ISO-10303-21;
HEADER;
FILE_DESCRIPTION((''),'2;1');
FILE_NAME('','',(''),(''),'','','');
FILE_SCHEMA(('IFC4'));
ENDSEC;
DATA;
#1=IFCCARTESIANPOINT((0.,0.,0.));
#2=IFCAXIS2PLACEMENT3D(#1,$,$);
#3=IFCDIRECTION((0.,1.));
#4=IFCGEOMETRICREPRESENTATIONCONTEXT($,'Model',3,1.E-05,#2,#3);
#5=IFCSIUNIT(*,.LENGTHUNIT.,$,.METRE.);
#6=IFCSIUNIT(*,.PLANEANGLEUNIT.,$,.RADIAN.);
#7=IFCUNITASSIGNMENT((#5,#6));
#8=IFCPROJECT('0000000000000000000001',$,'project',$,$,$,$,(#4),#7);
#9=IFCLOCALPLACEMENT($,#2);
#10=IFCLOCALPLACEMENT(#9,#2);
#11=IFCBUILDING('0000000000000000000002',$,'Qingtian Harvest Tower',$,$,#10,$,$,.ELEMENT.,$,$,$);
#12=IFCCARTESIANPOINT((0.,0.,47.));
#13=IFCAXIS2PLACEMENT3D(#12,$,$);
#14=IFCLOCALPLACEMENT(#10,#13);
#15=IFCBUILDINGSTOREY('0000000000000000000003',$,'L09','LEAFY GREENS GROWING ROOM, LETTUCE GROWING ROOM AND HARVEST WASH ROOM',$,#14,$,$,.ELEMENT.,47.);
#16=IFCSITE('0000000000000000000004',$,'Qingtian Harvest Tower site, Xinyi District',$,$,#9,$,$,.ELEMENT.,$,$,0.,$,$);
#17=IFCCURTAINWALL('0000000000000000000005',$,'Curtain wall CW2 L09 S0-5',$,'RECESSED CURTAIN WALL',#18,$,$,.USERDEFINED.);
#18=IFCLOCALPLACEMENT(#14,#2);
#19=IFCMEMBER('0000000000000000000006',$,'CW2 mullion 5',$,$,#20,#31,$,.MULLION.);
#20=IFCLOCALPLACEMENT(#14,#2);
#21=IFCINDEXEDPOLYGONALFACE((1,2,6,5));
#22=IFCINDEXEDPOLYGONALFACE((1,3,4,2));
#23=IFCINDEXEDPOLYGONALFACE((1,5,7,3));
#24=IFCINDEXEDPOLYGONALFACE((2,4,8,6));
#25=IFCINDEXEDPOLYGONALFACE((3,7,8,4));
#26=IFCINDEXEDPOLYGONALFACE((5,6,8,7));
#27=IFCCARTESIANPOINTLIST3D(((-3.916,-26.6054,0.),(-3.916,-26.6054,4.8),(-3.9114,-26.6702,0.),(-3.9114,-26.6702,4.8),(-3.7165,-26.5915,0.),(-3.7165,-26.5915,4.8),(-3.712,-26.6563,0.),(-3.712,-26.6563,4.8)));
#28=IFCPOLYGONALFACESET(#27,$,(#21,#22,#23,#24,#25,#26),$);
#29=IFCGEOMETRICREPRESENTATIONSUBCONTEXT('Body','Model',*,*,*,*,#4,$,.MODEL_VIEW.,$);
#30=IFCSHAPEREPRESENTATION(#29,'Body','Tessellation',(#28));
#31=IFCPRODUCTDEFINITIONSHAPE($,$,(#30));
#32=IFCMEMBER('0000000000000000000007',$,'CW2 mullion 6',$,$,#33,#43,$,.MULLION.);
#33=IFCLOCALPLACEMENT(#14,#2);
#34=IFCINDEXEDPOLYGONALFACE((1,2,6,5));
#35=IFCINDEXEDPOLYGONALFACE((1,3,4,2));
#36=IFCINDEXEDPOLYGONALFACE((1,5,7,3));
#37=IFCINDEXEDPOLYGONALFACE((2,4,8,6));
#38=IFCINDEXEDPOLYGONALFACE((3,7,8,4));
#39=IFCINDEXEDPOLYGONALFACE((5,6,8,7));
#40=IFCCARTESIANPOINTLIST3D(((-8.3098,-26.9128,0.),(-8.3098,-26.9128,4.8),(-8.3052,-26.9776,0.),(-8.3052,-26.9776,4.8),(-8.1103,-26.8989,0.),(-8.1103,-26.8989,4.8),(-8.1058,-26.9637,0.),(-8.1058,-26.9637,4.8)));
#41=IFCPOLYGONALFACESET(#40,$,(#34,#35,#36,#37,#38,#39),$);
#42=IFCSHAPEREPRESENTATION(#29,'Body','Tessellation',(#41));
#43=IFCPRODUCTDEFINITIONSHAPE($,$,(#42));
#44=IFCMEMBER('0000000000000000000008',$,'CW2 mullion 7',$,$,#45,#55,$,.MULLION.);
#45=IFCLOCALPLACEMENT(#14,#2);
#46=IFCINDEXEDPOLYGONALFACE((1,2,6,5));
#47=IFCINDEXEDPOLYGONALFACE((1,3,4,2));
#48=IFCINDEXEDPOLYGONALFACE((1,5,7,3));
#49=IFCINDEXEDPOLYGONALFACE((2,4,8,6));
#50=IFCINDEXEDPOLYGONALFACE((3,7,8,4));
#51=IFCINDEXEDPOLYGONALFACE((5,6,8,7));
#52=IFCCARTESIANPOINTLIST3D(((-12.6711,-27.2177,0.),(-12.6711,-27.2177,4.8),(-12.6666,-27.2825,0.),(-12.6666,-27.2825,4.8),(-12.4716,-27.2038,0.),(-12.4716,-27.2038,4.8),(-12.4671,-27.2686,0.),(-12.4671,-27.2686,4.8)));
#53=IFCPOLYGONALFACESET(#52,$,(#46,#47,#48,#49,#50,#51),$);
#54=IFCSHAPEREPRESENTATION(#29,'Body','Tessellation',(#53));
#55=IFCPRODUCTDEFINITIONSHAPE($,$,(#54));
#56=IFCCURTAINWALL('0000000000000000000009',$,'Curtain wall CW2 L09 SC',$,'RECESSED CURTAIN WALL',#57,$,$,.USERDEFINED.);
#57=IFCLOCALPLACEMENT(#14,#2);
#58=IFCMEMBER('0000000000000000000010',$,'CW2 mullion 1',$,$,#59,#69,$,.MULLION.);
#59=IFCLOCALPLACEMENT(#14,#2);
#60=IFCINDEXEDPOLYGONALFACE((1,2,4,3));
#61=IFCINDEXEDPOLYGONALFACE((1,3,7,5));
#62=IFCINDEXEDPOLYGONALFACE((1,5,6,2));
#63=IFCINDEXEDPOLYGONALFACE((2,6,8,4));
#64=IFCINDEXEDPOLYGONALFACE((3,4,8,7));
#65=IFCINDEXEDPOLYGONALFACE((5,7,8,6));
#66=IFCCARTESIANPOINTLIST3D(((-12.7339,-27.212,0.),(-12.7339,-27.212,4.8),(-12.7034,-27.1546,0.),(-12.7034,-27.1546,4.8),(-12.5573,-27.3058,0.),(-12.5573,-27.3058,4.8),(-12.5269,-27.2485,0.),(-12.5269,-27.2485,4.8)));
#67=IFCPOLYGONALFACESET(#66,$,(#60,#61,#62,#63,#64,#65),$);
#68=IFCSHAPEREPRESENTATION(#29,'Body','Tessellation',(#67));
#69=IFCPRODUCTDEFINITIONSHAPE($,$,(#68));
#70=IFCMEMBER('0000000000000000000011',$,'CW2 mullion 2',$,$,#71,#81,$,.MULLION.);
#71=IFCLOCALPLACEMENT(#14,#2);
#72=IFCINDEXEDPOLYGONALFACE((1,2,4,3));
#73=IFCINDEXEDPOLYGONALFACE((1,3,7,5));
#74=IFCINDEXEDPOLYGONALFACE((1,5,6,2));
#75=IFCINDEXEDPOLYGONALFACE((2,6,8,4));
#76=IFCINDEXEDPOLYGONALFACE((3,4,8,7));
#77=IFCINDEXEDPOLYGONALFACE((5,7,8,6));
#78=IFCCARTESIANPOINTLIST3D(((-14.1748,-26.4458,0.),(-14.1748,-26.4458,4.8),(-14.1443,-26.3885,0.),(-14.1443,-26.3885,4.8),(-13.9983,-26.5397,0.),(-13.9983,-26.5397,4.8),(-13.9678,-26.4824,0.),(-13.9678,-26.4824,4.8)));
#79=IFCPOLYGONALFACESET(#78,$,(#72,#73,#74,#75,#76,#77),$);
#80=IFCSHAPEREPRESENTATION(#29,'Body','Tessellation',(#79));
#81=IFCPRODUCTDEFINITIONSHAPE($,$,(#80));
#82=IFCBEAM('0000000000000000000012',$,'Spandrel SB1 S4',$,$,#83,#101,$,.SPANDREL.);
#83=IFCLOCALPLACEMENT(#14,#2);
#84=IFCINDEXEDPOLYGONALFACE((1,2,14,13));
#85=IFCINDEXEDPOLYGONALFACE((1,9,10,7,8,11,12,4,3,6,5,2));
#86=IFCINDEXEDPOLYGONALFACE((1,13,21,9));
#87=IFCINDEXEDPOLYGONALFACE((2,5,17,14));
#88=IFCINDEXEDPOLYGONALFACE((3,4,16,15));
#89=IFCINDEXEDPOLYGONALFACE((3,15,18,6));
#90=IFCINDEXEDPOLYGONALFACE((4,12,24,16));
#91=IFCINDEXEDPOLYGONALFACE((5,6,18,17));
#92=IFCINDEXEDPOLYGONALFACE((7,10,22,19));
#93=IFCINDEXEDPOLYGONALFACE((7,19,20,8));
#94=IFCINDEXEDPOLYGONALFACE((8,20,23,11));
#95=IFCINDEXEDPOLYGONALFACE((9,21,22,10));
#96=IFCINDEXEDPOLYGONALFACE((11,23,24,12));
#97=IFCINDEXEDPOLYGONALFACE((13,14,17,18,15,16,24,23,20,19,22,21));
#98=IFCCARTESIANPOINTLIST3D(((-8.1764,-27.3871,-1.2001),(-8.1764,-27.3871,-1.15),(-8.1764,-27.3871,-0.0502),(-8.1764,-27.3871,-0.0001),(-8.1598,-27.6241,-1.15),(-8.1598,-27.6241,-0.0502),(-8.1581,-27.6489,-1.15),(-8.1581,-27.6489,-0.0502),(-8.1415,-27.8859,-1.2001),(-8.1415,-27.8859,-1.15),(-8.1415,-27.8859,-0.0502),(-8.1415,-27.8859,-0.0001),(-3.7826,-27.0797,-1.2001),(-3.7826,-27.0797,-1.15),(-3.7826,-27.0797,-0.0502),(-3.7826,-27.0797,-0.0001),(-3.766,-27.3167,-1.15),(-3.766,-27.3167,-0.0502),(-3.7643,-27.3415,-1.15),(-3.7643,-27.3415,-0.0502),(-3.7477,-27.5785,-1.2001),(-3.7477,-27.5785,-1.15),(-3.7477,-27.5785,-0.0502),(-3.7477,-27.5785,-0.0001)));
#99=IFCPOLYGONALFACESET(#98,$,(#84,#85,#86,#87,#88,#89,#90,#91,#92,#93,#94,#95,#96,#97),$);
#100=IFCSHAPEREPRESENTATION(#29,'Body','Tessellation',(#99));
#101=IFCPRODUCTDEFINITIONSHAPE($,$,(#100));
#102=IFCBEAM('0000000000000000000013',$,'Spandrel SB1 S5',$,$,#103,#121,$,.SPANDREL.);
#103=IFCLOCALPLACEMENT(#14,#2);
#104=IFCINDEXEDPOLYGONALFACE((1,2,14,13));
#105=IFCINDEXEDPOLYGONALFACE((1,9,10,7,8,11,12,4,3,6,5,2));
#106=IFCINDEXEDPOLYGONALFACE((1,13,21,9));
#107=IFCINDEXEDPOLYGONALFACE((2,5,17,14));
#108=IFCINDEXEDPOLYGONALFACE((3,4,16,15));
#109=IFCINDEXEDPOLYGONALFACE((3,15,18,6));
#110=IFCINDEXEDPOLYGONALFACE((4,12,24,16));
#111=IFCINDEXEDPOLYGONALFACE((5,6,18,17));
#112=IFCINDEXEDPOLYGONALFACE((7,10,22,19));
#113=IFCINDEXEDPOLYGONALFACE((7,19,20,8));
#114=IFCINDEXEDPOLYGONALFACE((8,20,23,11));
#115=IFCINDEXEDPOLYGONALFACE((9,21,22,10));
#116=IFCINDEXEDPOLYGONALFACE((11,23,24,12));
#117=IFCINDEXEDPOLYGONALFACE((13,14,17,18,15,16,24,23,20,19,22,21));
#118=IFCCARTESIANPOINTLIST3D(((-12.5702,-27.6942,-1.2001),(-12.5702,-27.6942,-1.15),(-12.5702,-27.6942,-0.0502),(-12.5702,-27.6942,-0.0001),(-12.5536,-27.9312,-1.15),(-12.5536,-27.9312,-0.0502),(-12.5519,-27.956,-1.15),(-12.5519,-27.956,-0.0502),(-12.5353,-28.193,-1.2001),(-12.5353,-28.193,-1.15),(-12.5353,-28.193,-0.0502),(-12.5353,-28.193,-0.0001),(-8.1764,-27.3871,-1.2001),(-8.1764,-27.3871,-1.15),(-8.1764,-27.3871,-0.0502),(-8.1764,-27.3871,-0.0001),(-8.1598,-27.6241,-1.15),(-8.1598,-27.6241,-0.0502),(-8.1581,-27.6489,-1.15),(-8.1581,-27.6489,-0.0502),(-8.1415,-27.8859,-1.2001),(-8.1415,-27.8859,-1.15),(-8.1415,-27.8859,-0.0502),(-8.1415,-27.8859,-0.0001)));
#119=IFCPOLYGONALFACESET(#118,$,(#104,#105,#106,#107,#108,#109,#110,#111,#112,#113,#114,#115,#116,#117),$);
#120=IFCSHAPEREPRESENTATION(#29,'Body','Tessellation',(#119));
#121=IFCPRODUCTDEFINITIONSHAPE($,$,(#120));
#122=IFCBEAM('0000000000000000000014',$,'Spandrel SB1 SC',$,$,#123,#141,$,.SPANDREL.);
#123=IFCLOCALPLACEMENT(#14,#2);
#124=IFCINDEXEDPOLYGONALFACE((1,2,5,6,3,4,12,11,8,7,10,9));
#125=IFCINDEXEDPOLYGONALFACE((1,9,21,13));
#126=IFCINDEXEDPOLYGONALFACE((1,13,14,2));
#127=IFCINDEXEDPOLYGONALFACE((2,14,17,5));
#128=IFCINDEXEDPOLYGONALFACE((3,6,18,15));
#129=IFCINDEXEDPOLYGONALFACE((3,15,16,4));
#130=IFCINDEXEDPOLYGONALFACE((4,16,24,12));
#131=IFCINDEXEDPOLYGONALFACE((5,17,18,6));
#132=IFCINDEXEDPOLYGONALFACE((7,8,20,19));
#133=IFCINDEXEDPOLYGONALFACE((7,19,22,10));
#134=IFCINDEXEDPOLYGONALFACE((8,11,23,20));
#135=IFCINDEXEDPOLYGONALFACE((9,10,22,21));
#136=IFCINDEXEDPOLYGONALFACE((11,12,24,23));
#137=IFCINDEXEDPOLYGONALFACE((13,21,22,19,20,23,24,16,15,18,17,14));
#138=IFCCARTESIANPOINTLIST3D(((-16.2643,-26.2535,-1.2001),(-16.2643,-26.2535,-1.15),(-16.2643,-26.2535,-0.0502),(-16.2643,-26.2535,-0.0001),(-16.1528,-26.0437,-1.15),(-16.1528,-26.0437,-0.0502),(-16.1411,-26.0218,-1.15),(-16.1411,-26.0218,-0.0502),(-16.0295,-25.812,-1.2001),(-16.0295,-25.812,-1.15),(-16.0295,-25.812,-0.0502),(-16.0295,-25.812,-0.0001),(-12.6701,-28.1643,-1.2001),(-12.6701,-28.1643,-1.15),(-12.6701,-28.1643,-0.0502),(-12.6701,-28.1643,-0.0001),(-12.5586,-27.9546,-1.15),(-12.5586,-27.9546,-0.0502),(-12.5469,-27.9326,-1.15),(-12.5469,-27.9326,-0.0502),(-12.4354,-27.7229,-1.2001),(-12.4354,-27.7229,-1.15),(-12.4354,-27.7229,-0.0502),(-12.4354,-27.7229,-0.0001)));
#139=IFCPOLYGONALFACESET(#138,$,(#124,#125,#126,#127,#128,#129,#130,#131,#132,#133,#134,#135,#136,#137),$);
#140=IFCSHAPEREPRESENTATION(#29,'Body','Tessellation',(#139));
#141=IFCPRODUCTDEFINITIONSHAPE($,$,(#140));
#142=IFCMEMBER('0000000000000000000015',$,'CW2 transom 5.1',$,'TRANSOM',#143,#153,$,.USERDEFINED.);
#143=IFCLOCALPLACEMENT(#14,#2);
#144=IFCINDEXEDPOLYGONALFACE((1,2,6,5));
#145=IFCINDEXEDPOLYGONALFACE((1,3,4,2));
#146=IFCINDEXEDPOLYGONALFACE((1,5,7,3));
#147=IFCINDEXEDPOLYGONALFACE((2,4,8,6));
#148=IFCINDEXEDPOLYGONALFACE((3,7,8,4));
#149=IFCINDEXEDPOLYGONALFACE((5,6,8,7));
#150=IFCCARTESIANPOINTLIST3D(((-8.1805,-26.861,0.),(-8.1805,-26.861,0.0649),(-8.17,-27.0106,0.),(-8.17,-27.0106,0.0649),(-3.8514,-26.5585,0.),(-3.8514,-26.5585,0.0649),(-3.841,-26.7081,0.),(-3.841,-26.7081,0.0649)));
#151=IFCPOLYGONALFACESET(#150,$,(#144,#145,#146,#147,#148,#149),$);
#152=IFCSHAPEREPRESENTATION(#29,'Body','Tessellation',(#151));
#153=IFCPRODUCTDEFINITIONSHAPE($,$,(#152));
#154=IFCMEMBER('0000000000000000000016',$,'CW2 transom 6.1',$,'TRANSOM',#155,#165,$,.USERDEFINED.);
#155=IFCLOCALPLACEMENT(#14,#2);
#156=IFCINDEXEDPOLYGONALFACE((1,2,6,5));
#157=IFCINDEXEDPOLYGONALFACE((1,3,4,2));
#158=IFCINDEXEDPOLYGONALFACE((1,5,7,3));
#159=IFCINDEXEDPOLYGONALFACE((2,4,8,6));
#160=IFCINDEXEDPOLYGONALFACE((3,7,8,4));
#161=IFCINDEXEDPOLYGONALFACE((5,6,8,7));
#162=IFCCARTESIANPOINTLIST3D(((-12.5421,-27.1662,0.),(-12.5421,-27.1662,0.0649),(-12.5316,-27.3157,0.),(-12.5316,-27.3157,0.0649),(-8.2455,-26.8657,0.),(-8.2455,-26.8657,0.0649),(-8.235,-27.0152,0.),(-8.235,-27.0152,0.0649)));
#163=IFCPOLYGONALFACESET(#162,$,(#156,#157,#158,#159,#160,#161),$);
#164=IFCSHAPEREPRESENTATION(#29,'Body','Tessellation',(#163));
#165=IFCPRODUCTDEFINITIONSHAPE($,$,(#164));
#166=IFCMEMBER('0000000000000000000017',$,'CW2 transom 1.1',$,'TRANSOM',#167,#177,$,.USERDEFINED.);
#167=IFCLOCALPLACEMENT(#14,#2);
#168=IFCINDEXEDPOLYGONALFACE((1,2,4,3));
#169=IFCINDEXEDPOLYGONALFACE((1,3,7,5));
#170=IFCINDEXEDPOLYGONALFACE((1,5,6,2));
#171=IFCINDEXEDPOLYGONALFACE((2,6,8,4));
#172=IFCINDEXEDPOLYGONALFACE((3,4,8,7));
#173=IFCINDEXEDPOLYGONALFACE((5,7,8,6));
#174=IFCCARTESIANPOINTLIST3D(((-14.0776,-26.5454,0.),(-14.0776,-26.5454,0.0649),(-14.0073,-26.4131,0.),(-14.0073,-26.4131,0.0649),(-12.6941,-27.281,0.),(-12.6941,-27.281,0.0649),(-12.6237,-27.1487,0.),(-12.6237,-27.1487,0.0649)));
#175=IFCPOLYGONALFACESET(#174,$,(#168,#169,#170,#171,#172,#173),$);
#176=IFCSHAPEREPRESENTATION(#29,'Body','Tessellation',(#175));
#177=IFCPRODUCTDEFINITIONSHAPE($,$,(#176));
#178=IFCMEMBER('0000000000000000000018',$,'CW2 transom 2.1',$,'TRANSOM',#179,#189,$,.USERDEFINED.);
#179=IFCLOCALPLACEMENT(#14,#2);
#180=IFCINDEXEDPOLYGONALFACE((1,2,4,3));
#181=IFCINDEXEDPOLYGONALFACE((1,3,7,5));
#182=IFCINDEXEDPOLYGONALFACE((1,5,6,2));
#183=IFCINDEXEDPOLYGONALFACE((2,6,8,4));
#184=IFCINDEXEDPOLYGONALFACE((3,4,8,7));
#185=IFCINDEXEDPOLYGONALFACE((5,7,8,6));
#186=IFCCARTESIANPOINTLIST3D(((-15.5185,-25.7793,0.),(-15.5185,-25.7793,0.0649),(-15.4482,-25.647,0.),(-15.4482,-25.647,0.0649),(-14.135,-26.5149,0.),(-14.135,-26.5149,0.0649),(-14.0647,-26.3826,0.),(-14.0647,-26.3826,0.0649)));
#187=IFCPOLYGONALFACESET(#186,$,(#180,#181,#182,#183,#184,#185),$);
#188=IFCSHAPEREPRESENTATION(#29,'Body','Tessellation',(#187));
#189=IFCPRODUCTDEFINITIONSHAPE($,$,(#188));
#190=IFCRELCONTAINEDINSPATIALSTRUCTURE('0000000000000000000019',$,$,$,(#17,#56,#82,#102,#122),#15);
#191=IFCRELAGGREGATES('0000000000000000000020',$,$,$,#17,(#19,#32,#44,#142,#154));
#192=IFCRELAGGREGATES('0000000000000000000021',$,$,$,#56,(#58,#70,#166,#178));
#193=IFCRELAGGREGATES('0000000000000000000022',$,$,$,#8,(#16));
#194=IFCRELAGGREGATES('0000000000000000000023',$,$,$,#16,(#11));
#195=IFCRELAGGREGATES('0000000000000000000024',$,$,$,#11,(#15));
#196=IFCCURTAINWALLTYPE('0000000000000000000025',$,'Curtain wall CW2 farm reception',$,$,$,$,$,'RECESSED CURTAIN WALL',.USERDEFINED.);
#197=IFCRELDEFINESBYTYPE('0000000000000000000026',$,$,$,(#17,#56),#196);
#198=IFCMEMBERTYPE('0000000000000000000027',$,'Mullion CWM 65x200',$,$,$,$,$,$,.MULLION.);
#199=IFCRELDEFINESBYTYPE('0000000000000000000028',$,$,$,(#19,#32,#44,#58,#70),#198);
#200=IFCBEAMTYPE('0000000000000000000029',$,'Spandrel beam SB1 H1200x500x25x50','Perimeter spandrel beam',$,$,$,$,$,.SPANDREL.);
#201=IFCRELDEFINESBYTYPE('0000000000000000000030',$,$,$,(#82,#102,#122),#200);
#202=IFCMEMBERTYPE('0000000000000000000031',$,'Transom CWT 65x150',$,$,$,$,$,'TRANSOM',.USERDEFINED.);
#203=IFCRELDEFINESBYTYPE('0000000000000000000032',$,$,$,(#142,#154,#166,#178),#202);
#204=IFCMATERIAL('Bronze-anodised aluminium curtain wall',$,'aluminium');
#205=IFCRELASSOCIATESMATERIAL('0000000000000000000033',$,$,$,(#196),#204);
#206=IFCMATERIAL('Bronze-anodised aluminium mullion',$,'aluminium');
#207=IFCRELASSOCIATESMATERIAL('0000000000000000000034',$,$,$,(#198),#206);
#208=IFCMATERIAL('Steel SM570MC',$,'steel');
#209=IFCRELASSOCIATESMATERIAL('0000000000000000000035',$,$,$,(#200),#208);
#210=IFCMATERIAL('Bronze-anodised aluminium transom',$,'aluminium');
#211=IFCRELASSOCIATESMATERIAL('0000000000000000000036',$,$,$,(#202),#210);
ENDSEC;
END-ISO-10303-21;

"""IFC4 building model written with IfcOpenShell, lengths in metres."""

from ifc_helpers import new_model, si_unit, direction, frame, origin, origin_2d, place, context, subcontext, project, spatial, rectangle, i_section, extrude, material, material_profile, profile_set, type_object, element, aggregate, save


model = new_model("IFC4")

# Units and contexts
model_context = context("Model", 3, precision=1e-05, world=origin(), true_north=direction((0.0, 1.0)))
body_context = subcontext(model_context, "Body", "Model", "MODEL_VIEW")
ifc_project = project(units=[si_unit("LENGTHUNIT", "METRE"), si_unit("PLANEANGLEUNIT", "RADIAN")], contexts=[model_context])

# Site, building, storey
site_placement = place(None, origin())
site = spatial("IfcSite", under=ifc_project, at=site_placement, Name="Qingtian Harvest Tower site, Xinyi District", CompositionType="ELEMENT", RefElevation=0.0)
building_placement = place(site_placement, origin())
building = spatial("IfcBuilding", under=site, at=building_placement, Name="Qingtian Harvest Tower", CompositionType="ELEMENT")
storey_placement = place(building_placement, frame((0.0, 0.0, 47.0)))
storey = spatial("IfcBuildingStorey", under=building, at=storey_placement, Name="L09", Description="LEAFY GREENS GROWING ROOM, LETTUCE GROWING ROOM AND HARVEST WASH ROOM", CompositionType="ELEMENT", Elevation=47.0)

# Curtain walls, members
ifc_material_1 = material(Name="Bronze-anodised aluminium curtain wall", Category="aluminium")
curtain_wall_type = type_object("IfcCurtainWallType", Name="Curtain wall CW2 farm reception", ElementType="RECESSED CURTAIN WALL", PredefinedType="USERDEFINED", material=ifc_material_1)
curtain_wall_1_placement = place(storey_placement, origin())
curtain_wall_1 = element("IfcCurtainWall", 1, at=curtain_wall_1_placement, inside=storey, type_object=curtain_wall_type, Name="Curtain wall CW2 L09 S0-5", ObjectType="RECESSED CURTAIN WALL", PredefinedType="USERDEFINED")
ifc_material_2 = material(Name="Bronze-anodised aluminium mullion", Category="aluminium")
ifc_material_profile_1 = material_profile(ifc_material_2, rectangle(XDim=0.0649, YDim=0.2, at=origin_2d()), Name="AL 65x200")
ifc_profile_set_1 = profile_set([ifc_material_profile_1], Name="Bronze-anodised aluminium mullion")
member_type_1 = type_object("IfcMemberType", Name="Mullion CWM 65x200", PredefinedType="MULLION", material=ifc_profile_set_1)
member_1_placement = place(storey_placement, frame((-3.814, -26.6309, 0.0), z_axis=(0.0, 0.0, 1.0), x_axis=(0.069756, -0.997564, 0.0)))
member_1 = element("IfcMember", 2, at=member_1_placement, type_object=member_type_1, Name="CW2 mullion 5", PredefinedType="MULLION", context=body_context, shape_type="SweptSolid", body=[
    extrude(rectangle(XDim=0.0649, YDim=0.2, at=origin_2d()), origin(), (0.0, 0.0, 1.0), 4.8),
])
member_2_placement = place(storey_placement, frame((-8.2078, -26.9382, 0.0), z_axis=(0.0, 0.0, 1.0), x_axis=(0.069756, -0.997564, 0.0)))
member_2 = element("IfcMember", 3, at=member_2_placement, type_object=member_type_1, Name="CW2 mullion 6", PredefinedType="MULLION", context=body_context, shape_type="SweptSolid", body=[
    extrude(rectangle(XDim=0.0649, YDim=0.2, at=origin_2d()), origin(), (0.0, 0.0, 1.0), 4.8),
])
member_3_placement = place(storey_placement, frame((-12.5691, -27.2432, 0.0), z_axis=(0.0, 0.0, 1.0), x_axis=(0.069756, -0.997564, 0.0)))
member_3 = element("IfcMember", 4, at=member_3_placement, type_object=member_type_1, Name="CW2 mullion 7", PredefinedType="MULLION", context=body_context, shape_type="SweptSolid", body=[
    extrude(rectangle(XDim=0.0649, YDim=0.2, at=origin_2d()), origin(), (0.0, 0.0, 1.0), 4.8),
])
curtain_wall_2_placement = place(storey_placement, origin())
curtain_wall_2 = element("IfcCurtainWall", 5, at=curtain_wall_2_placement, inside=storey, type_object=curtain_wall_type, Name="Curtain wall CW2 L09 SC", ObjectType="RECESSED CURTAIN WALL", PredefinedType="USERDEFINED")
member_4_placement = place(storey_placement, frame((-12.6304, -27.2302, 0.0), z_axis=(0.0, 0.0, 1.0), x_axis=(-0.469472, -0.882948, 0.0)))
member_4 = element("IfcMember", 6, at=member_4_placement, type_object=member_type_1, Name="CW2 mullion 1", PredefinedType="MULLION", context=body_context, shape_type="SweptSolid", body=[
    extrude(rectangle(XDim=0.0649, YDim=0.2, at=origin_2d()), origin(), (0.0, 0.0, 1.0), 4.8),
])
member_5_placement = place(storey_placement, frame((-14.0713, -26.4641, 0.0), z_axis=(0.0, 0.0, 1.0), x_axis=(-0.469472, -0.882948, 0.0)))
member_5 = element("IfcMember", 7, at=member_5_placement, type_object=member_type_1, Name="CW2 mullion 2", PredefinedType="MULLION", context=body_context, shape_type="SweptSolid", body=[
    extrude(rectangle(XDim=0.0649, YDim=0.2, at=origin_2d()), origin(), (0.0, 0.0, 1.0), 4.8),
])

# Beams
ifc_material_3 = material(Name="Steel SM570MC", Category="steel")
ifc_material_profile_2 = material_profile(ifc_material_3, i_section(OverallWidth=0.5, OverallDepth=1.2, WebThickness=0.0249, FlangeThickness=0.05, at=origin_2d()), Name="H1200x500x25x50")
ifc_profile_set_2 = profile_set([ifc_material_profile_2], Name="Steel SM570MC")
beam_type_1 = type_object("IfcBeamType", Name="Spandrel beam SB1 H1200x500x25x50", Description="Perimeter spandrel beam", PredefinedType="SPANDREL", material=ifc_profile_set_2)
for number, where, z_axis, x_axis, name in (
    (8, (-3.7651, -27.3291, -0.6001), (-0.997562, -0.069786, 0.0), (0.069786, -0.997562, 0.0), "Spandrel SB1 S4"),
    (9, (-8.1589, -27.6365, -0.6001), (-0.997566, -0.06973, 0.0), (0.06973, -0.997566, 0.0), "Spandrel SB1 S5"),
):
    element("IfcBeam", number, at=place(storey_placement, frame(where, z_axis=z_axis, x_axis=x_axis)), inside=storey, type_object=beam_type_1, Name=name, PredefinedType="SPANDREL", context=body_context, shape_type="SweptSolid", body=[
        extrude(i_section(OverallWidth=0.5, OverallDepth=1.2, WebThickness=0.0249, FlangeThickness=0.05, at=origin_2d()), origin(), (0.0, 0.0, 1.0), 4.4045),
    ])
beam_1_placement = place(storey_placement, frame((-12.5527, -27.9436, -0.6001), z_axis=(-0.882968, 0.469433, 0.0), x_axis=(-0.469433, -0.882968, 0.0)))
element("IfcBeam", 10, at=beam_1_placement, inside=storey, type_object=beam_type_1, Name="Spandrel SB1 SC", PredefinedType="SPANDREL", context=body_context, shape_type="SweptSolid", body=[
    extrude(i_section(OverallWidth=0.5, OverallDepth=1.2, WebThickness=0.0249, FlangeThickness=0.05, at=origin_2d()), origin(), (0.0, 0.0, 1.0), 4.0706),
])

# Members
ifc_material_4 = material(Name="Bronze-anodised aluminium transom", Category="aluminium")
ifc_material_profile_3 = material_profile(ifc_material_4, rectangle(XDim=0.1499, YDim=0.0649, at=origin_2d()), Name="AL 65x150")
ifc_profile_set_3 = profile_set([ifc_material_profile_3], Name="Bronze-anodised aluminium transom")
member_type_2 = type_object("IfcMemberType", Name="Transom CWT 65x150", ElementType="TRANSOM", PredefinedType="USERDEFINED", material=ifc_profile_set_3)
member_6_placement = place(storey_placement, frame((-3.8462, -26.6333, 0.0325), z_axis=(-0.997568, -0.069704, 0.0), x_axis=(0.069704, -0.997568, 0.0)))
member_6 = element("IfcMember", 11, at=member_6_placement, type_object=member_type_2, Name="CW2 transom 5.1", ObjectType="TRANSOM", PredefinedType="USERDEFINED", context=body_context, shape_type="SweptSolid", body=[
    extrude(rectangle(XDim=0.1499, YDim=0.0649, at=origin_2d()), origin(), (0.0, 0.0, 1.0), 4.3396),
])
member_7_placement = place(storey_placement, frame((-8.2402, -26.9404, 0.0325), z_axis=(-0.997563, -0.069777, 0.0), x_axis=(0.069777, -0.997563, 0.0)))
member_7 = element("IfcMember", 12, at=member_7_placement, type_object=member_type_2, Name="CW2 transom 6.1", ObjectType="TRANSOM", PredefinedType="USERDEFINED", context=body_context, shape_type="SweptSolid", body=[
    extrude(rectangle(XDim=0.1499, YDim=0.0649, at=origin_2d()), origin(), (0.0, 0.0, 1.0), 4.3071),
])
member_8_placement = place(storey_placement, frame((-12.6589, -27.2148, 0.0325), z_axis=(-0.88296, 0.469448, 0.0), x_axis=(-0.469448, -0.88296, 0.0)))
member_8 = element("IfcMember", 13, at=member_8_placement, type_object=member_type_2, Name="CW2 transom 1.1", ObjectType="TRANSOM", PredefinedType="USERDEFINED", context=body_context, shape_type="SweptSolid", body=[
    extrude(rectangle(XDim=0.1499, YDim=0.0649, at=origin_2d()), origin(), (0.0, 0.0, 1.0), 1.5669),
])
member_9_placement = place(storey_placement, frame((-14.0999, -26.4487, 0.0325), z_axis=(-0.88296, 0.469448, 0.0), x_axis=(-0.469448, -0.88296, 0.0)))
member_9 = element("IfcMember", 14, at=member_9_placement, type_object=member_type_2, Name="CW2 transom 2.1", ObjectType="TRANSOM", PredefinedType="USERDEFINED", context=body_context, shape_type="SweptSolid", body=[
    extrude(rectangle(XDim=0.1499, YDim=0.0649, at=origin_2d()), origin(), (0.0, 0.0, 1.0), 1.5669),
])

aggregate(curtain_wall_1, [member_1, member_2, member_3, member_6, member_7])
aggregate(curtain_wall_2, [member_4, member_5, member_8, member_9])

save(model, "model.ifc")
